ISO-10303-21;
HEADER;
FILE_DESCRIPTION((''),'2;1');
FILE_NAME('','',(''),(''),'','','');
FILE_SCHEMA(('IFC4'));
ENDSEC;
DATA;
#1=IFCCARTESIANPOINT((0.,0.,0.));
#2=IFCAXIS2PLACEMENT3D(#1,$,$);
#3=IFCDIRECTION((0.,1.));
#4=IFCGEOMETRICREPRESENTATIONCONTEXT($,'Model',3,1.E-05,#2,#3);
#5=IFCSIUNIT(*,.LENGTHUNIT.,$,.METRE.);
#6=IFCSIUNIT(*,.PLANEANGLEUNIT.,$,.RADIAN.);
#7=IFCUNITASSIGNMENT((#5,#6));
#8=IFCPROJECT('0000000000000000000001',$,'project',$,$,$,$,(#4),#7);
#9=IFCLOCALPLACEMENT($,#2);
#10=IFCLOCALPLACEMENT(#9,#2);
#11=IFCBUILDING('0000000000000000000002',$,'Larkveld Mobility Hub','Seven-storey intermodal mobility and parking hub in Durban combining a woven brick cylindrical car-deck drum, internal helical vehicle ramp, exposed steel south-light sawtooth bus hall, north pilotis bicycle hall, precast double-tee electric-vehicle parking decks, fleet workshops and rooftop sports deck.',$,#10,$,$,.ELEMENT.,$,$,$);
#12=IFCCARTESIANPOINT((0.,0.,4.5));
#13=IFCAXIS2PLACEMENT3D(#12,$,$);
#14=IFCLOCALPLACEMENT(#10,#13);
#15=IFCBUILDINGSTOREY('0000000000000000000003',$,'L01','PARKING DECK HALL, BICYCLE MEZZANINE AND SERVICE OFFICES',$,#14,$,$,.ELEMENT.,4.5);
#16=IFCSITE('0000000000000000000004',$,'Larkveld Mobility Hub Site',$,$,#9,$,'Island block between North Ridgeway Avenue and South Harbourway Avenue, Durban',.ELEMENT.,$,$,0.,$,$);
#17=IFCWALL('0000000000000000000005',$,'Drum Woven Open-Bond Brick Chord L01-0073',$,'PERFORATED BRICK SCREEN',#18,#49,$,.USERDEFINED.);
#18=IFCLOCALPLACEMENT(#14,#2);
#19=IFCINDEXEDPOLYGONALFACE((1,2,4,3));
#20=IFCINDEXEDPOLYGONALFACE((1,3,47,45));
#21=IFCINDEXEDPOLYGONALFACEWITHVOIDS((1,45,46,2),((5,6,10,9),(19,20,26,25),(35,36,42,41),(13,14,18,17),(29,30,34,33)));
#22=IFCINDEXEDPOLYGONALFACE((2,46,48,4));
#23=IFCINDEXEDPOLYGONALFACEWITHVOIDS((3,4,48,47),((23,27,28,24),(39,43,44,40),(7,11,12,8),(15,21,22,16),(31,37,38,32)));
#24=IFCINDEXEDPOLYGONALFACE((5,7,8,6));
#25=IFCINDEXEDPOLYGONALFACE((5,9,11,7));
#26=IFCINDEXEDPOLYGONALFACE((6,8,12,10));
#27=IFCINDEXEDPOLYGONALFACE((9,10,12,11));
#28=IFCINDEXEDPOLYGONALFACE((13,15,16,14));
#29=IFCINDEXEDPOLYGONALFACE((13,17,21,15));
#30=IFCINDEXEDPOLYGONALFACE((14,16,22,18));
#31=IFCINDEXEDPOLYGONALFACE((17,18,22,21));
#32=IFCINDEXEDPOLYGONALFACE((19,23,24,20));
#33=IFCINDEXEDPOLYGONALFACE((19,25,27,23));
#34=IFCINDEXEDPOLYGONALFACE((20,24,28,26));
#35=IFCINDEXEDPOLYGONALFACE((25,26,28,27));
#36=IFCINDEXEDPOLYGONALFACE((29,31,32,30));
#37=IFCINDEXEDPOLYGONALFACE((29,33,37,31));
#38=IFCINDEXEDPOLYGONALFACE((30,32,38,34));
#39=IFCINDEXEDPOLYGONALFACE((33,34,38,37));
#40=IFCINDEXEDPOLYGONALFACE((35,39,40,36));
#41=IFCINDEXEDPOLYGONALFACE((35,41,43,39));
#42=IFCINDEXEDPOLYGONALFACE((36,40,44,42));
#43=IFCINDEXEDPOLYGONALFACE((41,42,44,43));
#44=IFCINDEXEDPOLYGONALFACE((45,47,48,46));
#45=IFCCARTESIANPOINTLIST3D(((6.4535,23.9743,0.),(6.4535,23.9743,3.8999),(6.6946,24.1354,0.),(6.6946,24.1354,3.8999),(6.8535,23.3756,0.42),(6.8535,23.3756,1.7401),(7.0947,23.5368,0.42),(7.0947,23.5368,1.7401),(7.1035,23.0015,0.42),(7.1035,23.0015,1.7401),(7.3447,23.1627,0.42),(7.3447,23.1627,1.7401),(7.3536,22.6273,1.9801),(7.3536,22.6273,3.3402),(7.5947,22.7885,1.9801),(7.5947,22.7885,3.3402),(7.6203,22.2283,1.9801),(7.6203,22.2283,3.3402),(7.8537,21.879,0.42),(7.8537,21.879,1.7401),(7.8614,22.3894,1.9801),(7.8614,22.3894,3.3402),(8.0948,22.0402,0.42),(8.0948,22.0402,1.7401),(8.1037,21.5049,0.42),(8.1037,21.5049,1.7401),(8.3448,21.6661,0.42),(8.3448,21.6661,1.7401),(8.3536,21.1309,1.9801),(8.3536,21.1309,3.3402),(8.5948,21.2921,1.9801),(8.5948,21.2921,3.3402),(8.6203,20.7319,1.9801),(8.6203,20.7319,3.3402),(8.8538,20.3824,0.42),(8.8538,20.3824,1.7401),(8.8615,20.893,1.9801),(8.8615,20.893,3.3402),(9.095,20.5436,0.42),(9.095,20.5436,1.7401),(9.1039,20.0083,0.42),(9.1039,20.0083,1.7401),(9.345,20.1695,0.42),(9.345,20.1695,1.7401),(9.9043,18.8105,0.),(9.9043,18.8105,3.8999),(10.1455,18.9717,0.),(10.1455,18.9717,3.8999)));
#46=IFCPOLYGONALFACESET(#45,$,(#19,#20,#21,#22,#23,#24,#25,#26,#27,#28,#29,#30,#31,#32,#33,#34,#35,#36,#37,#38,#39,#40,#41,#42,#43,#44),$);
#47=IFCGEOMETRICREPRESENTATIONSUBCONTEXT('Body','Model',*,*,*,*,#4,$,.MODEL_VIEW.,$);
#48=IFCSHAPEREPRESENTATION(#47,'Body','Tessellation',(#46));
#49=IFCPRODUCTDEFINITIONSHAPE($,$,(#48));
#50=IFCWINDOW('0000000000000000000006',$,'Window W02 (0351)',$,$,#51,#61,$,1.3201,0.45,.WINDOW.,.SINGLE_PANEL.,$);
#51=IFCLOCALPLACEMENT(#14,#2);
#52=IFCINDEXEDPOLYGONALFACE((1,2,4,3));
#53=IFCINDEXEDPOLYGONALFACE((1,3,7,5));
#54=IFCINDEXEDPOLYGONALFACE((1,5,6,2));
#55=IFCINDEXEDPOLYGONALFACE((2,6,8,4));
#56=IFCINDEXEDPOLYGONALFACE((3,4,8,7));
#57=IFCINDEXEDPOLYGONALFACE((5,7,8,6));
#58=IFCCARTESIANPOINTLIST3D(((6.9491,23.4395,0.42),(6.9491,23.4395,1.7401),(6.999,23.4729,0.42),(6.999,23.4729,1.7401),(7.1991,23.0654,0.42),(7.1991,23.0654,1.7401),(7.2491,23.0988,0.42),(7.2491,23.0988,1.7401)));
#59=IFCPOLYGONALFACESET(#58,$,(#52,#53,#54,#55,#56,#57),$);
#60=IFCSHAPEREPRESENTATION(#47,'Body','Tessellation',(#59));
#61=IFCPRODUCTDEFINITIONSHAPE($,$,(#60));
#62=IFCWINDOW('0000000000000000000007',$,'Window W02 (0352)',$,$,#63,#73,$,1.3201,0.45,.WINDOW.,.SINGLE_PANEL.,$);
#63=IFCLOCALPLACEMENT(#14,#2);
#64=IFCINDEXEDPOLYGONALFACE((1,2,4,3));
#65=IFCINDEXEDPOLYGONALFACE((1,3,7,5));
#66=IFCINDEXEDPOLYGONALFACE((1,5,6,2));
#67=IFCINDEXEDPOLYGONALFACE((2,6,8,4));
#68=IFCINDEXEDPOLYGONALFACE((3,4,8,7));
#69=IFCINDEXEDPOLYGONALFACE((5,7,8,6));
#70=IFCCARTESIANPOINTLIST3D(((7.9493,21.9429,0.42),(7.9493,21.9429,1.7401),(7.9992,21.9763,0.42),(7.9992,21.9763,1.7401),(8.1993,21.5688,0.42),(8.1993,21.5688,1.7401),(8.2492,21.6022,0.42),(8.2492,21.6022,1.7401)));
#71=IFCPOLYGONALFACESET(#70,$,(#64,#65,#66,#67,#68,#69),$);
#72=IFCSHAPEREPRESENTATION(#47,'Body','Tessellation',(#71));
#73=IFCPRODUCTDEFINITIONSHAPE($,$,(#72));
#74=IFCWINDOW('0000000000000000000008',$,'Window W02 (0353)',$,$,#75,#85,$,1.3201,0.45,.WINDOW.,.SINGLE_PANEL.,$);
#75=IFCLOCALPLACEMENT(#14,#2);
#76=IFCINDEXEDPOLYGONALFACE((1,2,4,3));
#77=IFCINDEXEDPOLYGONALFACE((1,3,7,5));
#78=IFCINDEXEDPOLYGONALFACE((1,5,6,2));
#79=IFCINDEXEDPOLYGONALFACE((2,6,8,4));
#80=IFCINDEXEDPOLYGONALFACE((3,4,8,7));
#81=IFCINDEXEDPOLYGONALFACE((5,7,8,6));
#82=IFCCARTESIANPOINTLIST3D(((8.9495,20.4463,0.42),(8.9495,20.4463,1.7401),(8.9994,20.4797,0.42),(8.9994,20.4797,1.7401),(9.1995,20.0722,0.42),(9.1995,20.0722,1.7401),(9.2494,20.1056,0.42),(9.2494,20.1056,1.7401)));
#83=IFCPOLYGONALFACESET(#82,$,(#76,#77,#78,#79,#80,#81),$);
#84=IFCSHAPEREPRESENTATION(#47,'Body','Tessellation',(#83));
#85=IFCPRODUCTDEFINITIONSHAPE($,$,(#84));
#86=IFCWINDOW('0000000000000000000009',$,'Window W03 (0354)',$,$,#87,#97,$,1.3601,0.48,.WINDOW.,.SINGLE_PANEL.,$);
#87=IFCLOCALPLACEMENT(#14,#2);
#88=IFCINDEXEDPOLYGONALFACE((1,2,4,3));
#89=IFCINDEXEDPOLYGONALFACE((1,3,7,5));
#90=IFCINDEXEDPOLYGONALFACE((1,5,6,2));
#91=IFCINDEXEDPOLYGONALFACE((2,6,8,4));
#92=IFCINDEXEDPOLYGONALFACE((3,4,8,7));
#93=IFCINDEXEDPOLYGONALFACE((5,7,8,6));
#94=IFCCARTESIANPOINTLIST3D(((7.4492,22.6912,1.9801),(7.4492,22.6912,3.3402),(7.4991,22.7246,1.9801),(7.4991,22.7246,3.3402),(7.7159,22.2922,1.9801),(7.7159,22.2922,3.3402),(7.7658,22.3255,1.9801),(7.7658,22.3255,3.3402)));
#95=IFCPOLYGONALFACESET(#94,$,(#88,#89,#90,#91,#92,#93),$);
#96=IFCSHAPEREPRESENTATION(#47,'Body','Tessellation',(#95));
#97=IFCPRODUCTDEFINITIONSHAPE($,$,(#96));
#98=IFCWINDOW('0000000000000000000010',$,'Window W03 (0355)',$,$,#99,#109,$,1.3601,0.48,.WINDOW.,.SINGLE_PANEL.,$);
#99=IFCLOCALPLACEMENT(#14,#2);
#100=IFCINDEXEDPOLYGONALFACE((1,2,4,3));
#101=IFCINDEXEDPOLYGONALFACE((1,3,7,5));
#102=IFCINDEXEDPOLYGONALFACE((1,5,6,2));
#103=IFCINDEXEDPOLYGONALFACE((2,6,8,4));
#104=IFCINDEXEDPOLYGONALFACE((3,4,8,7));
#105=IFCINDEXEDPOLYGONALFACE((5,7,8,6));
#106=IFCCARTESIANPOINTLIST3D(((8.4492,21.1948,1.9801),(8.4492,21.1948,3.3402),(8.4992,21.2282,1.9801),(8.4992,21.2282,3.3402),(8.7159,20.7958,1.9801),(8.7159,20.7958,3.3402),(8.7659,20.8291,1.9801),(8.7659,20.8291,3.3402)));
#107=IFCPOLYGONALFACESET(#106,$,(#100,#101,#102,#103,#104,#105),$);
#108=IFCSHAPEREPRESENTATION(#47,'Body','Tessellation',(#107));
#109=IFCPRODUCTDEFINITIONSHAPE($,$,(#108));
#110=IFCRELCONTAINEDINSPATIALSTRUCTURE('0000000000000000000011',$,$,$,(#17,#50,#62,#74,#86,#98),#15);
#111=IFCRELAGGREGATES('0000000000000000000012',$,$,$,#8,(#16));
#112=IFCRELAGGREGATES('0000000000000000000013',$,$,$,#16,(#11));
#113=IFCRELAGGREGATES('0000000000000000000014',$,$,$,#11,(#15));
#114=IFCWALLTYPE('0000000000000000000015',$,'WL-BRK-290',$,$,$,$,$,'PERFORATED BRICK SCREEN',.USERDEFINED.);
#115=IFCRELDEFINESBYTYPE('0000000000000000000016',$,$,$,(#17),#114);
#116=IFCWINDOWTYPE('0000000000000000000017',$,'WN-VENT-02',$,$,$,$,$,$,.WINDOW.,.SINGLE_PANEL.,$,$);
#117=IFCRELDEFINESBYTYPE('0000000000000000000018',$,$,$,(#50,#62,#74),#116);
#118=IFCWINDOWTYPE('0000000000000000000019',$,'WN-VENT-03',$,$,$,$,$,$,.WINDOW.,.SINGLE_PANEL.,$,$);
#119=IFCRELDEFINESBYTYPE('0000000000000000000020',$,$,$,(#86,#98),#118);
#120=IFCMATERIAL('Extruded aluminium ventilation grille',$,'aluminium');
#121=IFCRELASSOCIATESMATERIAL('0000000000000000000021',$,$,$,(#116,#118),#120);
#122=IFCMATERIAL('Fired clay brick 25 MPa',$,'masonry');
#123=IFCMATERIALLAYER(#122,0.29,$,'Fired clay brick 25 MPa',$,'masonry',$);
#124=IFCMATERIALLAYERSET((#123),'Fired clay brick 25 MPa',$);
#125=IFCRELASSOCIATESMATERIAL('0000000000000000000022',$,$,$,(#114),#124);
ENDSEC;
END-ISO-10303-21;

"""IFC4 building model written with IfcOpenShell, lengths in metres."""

from ifc_helpers import new_model, si_unit, direction, frame, frame_2d, origin, place, context, subcontext, project, spatial, rectangle, extrude, material, layer, layer_set, type_object, element, fill, save


model = new_model("IFC4")

# Units and contexts
model_context = context("Model", 3, precision=1e-05, world=origin(), true_north=direction((0.0, 1.0)))
body_context = subcontext(model_context, "Body", "Model", "MODEL_VIEW")
ifc_project = project(units=[si_unit("LENGTHUNIT", "METRE"), si_unit("PLANEANGLEUNIT", "RADIAN")], contexts=[model_context])

# Site, building, storey
site_placement = place(None, origin())
site = spatial("IfcSite", under=ifc_project, at=site_placement, Name="Larkveld Mobility Hub Site", LongName="Island block between North Ridgeway Avenue and South Harbourway Avenue, Durban", CompositionType="ELEMENT", RefElevation=0.0)
building_placement = place(site_placement, origin())
building = spatial("IfcBuilding", under=site, at=building_placement, Name="Larkveld Mobility Hub", Description="Seven-storey intermodal mobility and parking hub in Durban combining a woven brick cylindrical car-deck drum, internal helical vehicle ramp, exposed steel south-light sawtooth bus hall, north pilotis bicycle hall, precast double-tee electric-vehicle parking decks, fleet workshops and rooftop sports deck.", CompositionType="ELEMENT")
storey_placement = place(building_placement, frame((0.0, 0.0, 4.5)))
storey = spatial("IfcBuildingStorey", under=building, at=storey_placement, Name="L01", Description="PARKING DECK HALL, BICYCLE MEZZANINE AND SERVICE OFFICES", CompositionType="ELEMENT", Elevation=4.5)

# Wall, openings, windows
ifc_material_1 = material(Name="Fired clay brick 25 MPa", Category="masonry")
ifc_material_2 = material(Name="Extruded aluminium ventilation grille", Category="aluminium")
window_type_1 = type_object("IfcWindowType", Name="WN-VENT-02", PartitioningType="SINGLE_PANEL", PredefinedType="WINDOW", material=ifc_material_2)
ifc_layer_1 = layer(ifc_material_1, 0.29, Name="Fired clay brick 25 MPa", Category="masonry")
ifc_layer_set_1 = layer_set([ifc_layer_1], Name="Fired clay brick 25 MPa")
wall_type_1 = type_object("IfcWallType", Name="WL-BRK-290", ElementType="PERFORATED BRICK SCREEN", PredefinedType="USERDEFINED", material=ifc_layer_set_1)
wall_1_placement = place(storey_placement, frame((6.574, 24.0549, 0.0), z_axis=(0.0, 0.0, 1.0), x_axis=(0.555634, -0.831427, 0.0)))
wall_1 = element("IfcWall", 1, at=wall_1_placement, inside=storey, type_object=wall_type_1, Name="Drum Woven Open-Bond Brick Chord L01-0073", ObjectType="PERFORATED BRICK SCREEN", PredefinedType="USERDEFINED", context=body_context, shape_type="SweptSolid", body=[
    extrude(rectangle(XDim=6.2107, YDim=0.29, at=frame_2d((3.1055, 0.0))), origin(), (0.0, 0.0, 1.0), 3.8999),
])
opening_1_placement = place(wall_1_placement, frame((0.72, 0.0, 0.4199)))
opening_1 = element("IfcOpeningElement", 2, at=opening_1_placement, cuts=wall_1, PredefinedType="OPENING", context=body_context, shape_type="SweptSolid", body=[
    extrude(rectangle(XDim=0.45, YDim=1.3201, at=frame_2d((0.2251, 0.6602))), frame((0.0, 0.155, 0.0), z_axis=(0.0, -1.0, 0.0), x_axis=(1.0, 0.0, 0.0)), (0.0, 0.0, 1.0), 0.3101),
])
opening_2_placement = place(wall_1_placement, frame((2.52, 0.0, 0.4199)))
opening_2 = element("IfcOpeningElement", 3, at=opening_2_placement, cuts=wall_1, PredefinedType="OPENING", context=body_context, shape_type="SweptSolid", body=[
    extrude(rectangle(XDim=0.45, YDim=1.3201, at=frame_2d((0.2251, 0.6602))), frame((0.0, 0.155, 0.0), z_axis=(0.0, -1.0, 0.0), x_axis=(1.0, 0.0, 0.0)), (0.0, 0.0, 1.0), 0.3101),
])
opening_3_placement = place(wall_1_placement, frame((4.3201, 0.0, 0.4199)))
opening_3 = element("IfcOpeningElement", 4, at=opening_3_placement, cuts=wall_1, PredefinedType="OPENING", context=body_context, shape_type="SweptSolid", body=[
    extrude(rectangle(XDim=0.45, YDim=1.3201, at=frame_2d((0.2251, 0.6602))), frame((0.0, 0.155, 0.0), z_axis=(0.0, -1.0, 0.0), x_axis=(1.0, 0.0, 0.0)), (0.0, 0.0, 1.0), 0.3101),
])
opening_4_placement = place(wall_1_placement, frame((1.6201, 0.0, 1.98)))
opening_4 = element("IfcOpeningElement", 5, at=opening_4_placement, cuts=wall_1, PredefinedType="OPENING", context=body_context, shape_type="SweptSolid", body=[
    extrude(rectangle(XDim=0.48, YDim=1.3601, at=frame_2d((0.24, 0.6802))), frame((0.0, 0.155, 0.0), z_axis=(0.0, -1.0, 0.0), x_axis=(1.0, 0.0, 0.0)), (0.0, 0.0, 1.0), 0.3101),
])
opening_5_placement = place(wall_1_placement, frame((3.4199, 0.0, 1.98)))
opening_5 = element("IfcOpeningElement", 6, at=opening_5_placement, cuts=wall_1, PredefinedType="OPENING", context=body_context, shape_type="SweptSolid", body=[
    extrude(rectangle(XDim=0.48, YDim=1.3601, at=frame_2d((0.24, 0.6802))), frame((0.0, 0.155, 0.0), z_axis=(0.0, -1.0, 0.0), x_axis=(1.0, 0.0, 0.0)), (0.0, 0.0, 1.0), 0.3101),
])
window_1_placement = place(opening_1_placement, origin())
window_1 = element("IfcWindow", 7, at=window_1_placement, inside=storey, type_object=window_type_1, Name="Window W02 (0351)", OverallHeight=1.3201, OverallWidth=0.45, PartitioningType="SINGLE_PANEL", PredefinedType="WINDOW", context=body_context, shape_type="SweptSolid", body=[
    extrude(rectangle(XDim=0.45, YDim=1.3201, at=frame_2d((0.2251, 0.6602))), frame((0.0, 0.03, 0.0), z_axis=(0.0, -1.0, 0.0), x_axis=(1.0, 0.0, 0.0)), (0.0, 0.0, 1.0), 0.0601),
])
fill(opening_1, window_1)
window_2_placement = place(opening_2_placement, origin())
window_2 = element("IfcWindow", 8, at=window_2_placement, inside=storey, type_object=window_type_1, Name="Window W02 (0352)", OverallHeight=1.3201, OverallWidth=0.45, PartitioningType="SINGLE_PANEL", PredefinedType="WINDOW", context=body_context, shape_type="SweptSolid", body=[
    extrude(rectangle(XDim=0.45, YDim=1.3201, at=frame_2d((0.2251, 0.6602))), frame((0.0, 0.03, 0.0), z_axis=(0.0, -1.0, 0.0), x_axis=(1.0, 0.0, 0.0)), (0.0, 0.0, 1.0), 0.0601),
])
fill(opening_2, window_2)
window_3_placement = place(opening_3_placement, origin())
window_3 = element("IfcWindow", 9, at=window_3_placement, inside=storey, type_object=window_type_1, Name="Window W02 (0353)", OverallHeight=1.3201, OverallWidth=0.45, PartitioningType="SINGLE_PANEL", PredefinedType="WINDOW", context=body_context, shape_type="SweptSolid", body=[
    extrude(rectangle(XDim=0.45, YDim=1.3201, at=frame_2d((0.2251, 0.6602))), frame((0.0, 0.03, 0.0), z_axis=(0.0, -1.0, 0.0), x_axis=(1.0, 0.0, 0.0)), (0.0, 0.0, 1.0), 0.0601),
])
fill(opening_3, window_3)
window_type_2 = type_object("IfcWindowType", Name="WN-VENT-03", PartitioningType="SINGLE_PANEL", PredefinedType="WINDOW", material=ifc_material_2)
window_4_placement = place(opening_4_placement, origin())
window_4 = element("IfcWindow", 10, at=window_4_placement, inside=storey, type_object=window_type_2, Name="Window W03 (0354)", OverallHeight=1.3601, OverallWidth=0.48, PartitioningType="SINGLE_PANEL", PredefinedType="WINDOW", context=body_context, shape_type="SweptSolid", body=[
    extrude(rectangle(XDim=0.48, YDim=1.3601, at=frame_2d((0.24, 0.6802))), frame((0.0, 0.03, 0.0), z_axis=(0.0, -1.0, 0.0), x_axis=(1.0, 0.0, 0.0)), (0.0, 0.0, 1.0), 0.0601),
])
fill(opening_4, window_4)
window_5_placement = place(opening_5_placement, origin())
window_5 = element("IfcWindow", 11, at=window_5_placement, inside=storey, type_object=window_type_2, Name="Window W03 (0355)", OverallHeight=1.3601, OverallWidth=0.48, PartitioningType="SINGLE_PANEL", PredefinedType="WINDOW", context=body_context, shape_type="SweptSolid", body=[
    extrude(rectangle(XDim=0.48, YDim=1.3601, at=frame_2d((0.24, 0.6802))), frame((0.0, 0.03, 0.0), z_axis=(0.0, -1.0, 0.0), x_axis=(1.0, 0.0, 0.0)), (0.0, 0.0, 1.0), 0.0601),
])
fill(opening_5, window_5)

save(model, "model.ifc")
